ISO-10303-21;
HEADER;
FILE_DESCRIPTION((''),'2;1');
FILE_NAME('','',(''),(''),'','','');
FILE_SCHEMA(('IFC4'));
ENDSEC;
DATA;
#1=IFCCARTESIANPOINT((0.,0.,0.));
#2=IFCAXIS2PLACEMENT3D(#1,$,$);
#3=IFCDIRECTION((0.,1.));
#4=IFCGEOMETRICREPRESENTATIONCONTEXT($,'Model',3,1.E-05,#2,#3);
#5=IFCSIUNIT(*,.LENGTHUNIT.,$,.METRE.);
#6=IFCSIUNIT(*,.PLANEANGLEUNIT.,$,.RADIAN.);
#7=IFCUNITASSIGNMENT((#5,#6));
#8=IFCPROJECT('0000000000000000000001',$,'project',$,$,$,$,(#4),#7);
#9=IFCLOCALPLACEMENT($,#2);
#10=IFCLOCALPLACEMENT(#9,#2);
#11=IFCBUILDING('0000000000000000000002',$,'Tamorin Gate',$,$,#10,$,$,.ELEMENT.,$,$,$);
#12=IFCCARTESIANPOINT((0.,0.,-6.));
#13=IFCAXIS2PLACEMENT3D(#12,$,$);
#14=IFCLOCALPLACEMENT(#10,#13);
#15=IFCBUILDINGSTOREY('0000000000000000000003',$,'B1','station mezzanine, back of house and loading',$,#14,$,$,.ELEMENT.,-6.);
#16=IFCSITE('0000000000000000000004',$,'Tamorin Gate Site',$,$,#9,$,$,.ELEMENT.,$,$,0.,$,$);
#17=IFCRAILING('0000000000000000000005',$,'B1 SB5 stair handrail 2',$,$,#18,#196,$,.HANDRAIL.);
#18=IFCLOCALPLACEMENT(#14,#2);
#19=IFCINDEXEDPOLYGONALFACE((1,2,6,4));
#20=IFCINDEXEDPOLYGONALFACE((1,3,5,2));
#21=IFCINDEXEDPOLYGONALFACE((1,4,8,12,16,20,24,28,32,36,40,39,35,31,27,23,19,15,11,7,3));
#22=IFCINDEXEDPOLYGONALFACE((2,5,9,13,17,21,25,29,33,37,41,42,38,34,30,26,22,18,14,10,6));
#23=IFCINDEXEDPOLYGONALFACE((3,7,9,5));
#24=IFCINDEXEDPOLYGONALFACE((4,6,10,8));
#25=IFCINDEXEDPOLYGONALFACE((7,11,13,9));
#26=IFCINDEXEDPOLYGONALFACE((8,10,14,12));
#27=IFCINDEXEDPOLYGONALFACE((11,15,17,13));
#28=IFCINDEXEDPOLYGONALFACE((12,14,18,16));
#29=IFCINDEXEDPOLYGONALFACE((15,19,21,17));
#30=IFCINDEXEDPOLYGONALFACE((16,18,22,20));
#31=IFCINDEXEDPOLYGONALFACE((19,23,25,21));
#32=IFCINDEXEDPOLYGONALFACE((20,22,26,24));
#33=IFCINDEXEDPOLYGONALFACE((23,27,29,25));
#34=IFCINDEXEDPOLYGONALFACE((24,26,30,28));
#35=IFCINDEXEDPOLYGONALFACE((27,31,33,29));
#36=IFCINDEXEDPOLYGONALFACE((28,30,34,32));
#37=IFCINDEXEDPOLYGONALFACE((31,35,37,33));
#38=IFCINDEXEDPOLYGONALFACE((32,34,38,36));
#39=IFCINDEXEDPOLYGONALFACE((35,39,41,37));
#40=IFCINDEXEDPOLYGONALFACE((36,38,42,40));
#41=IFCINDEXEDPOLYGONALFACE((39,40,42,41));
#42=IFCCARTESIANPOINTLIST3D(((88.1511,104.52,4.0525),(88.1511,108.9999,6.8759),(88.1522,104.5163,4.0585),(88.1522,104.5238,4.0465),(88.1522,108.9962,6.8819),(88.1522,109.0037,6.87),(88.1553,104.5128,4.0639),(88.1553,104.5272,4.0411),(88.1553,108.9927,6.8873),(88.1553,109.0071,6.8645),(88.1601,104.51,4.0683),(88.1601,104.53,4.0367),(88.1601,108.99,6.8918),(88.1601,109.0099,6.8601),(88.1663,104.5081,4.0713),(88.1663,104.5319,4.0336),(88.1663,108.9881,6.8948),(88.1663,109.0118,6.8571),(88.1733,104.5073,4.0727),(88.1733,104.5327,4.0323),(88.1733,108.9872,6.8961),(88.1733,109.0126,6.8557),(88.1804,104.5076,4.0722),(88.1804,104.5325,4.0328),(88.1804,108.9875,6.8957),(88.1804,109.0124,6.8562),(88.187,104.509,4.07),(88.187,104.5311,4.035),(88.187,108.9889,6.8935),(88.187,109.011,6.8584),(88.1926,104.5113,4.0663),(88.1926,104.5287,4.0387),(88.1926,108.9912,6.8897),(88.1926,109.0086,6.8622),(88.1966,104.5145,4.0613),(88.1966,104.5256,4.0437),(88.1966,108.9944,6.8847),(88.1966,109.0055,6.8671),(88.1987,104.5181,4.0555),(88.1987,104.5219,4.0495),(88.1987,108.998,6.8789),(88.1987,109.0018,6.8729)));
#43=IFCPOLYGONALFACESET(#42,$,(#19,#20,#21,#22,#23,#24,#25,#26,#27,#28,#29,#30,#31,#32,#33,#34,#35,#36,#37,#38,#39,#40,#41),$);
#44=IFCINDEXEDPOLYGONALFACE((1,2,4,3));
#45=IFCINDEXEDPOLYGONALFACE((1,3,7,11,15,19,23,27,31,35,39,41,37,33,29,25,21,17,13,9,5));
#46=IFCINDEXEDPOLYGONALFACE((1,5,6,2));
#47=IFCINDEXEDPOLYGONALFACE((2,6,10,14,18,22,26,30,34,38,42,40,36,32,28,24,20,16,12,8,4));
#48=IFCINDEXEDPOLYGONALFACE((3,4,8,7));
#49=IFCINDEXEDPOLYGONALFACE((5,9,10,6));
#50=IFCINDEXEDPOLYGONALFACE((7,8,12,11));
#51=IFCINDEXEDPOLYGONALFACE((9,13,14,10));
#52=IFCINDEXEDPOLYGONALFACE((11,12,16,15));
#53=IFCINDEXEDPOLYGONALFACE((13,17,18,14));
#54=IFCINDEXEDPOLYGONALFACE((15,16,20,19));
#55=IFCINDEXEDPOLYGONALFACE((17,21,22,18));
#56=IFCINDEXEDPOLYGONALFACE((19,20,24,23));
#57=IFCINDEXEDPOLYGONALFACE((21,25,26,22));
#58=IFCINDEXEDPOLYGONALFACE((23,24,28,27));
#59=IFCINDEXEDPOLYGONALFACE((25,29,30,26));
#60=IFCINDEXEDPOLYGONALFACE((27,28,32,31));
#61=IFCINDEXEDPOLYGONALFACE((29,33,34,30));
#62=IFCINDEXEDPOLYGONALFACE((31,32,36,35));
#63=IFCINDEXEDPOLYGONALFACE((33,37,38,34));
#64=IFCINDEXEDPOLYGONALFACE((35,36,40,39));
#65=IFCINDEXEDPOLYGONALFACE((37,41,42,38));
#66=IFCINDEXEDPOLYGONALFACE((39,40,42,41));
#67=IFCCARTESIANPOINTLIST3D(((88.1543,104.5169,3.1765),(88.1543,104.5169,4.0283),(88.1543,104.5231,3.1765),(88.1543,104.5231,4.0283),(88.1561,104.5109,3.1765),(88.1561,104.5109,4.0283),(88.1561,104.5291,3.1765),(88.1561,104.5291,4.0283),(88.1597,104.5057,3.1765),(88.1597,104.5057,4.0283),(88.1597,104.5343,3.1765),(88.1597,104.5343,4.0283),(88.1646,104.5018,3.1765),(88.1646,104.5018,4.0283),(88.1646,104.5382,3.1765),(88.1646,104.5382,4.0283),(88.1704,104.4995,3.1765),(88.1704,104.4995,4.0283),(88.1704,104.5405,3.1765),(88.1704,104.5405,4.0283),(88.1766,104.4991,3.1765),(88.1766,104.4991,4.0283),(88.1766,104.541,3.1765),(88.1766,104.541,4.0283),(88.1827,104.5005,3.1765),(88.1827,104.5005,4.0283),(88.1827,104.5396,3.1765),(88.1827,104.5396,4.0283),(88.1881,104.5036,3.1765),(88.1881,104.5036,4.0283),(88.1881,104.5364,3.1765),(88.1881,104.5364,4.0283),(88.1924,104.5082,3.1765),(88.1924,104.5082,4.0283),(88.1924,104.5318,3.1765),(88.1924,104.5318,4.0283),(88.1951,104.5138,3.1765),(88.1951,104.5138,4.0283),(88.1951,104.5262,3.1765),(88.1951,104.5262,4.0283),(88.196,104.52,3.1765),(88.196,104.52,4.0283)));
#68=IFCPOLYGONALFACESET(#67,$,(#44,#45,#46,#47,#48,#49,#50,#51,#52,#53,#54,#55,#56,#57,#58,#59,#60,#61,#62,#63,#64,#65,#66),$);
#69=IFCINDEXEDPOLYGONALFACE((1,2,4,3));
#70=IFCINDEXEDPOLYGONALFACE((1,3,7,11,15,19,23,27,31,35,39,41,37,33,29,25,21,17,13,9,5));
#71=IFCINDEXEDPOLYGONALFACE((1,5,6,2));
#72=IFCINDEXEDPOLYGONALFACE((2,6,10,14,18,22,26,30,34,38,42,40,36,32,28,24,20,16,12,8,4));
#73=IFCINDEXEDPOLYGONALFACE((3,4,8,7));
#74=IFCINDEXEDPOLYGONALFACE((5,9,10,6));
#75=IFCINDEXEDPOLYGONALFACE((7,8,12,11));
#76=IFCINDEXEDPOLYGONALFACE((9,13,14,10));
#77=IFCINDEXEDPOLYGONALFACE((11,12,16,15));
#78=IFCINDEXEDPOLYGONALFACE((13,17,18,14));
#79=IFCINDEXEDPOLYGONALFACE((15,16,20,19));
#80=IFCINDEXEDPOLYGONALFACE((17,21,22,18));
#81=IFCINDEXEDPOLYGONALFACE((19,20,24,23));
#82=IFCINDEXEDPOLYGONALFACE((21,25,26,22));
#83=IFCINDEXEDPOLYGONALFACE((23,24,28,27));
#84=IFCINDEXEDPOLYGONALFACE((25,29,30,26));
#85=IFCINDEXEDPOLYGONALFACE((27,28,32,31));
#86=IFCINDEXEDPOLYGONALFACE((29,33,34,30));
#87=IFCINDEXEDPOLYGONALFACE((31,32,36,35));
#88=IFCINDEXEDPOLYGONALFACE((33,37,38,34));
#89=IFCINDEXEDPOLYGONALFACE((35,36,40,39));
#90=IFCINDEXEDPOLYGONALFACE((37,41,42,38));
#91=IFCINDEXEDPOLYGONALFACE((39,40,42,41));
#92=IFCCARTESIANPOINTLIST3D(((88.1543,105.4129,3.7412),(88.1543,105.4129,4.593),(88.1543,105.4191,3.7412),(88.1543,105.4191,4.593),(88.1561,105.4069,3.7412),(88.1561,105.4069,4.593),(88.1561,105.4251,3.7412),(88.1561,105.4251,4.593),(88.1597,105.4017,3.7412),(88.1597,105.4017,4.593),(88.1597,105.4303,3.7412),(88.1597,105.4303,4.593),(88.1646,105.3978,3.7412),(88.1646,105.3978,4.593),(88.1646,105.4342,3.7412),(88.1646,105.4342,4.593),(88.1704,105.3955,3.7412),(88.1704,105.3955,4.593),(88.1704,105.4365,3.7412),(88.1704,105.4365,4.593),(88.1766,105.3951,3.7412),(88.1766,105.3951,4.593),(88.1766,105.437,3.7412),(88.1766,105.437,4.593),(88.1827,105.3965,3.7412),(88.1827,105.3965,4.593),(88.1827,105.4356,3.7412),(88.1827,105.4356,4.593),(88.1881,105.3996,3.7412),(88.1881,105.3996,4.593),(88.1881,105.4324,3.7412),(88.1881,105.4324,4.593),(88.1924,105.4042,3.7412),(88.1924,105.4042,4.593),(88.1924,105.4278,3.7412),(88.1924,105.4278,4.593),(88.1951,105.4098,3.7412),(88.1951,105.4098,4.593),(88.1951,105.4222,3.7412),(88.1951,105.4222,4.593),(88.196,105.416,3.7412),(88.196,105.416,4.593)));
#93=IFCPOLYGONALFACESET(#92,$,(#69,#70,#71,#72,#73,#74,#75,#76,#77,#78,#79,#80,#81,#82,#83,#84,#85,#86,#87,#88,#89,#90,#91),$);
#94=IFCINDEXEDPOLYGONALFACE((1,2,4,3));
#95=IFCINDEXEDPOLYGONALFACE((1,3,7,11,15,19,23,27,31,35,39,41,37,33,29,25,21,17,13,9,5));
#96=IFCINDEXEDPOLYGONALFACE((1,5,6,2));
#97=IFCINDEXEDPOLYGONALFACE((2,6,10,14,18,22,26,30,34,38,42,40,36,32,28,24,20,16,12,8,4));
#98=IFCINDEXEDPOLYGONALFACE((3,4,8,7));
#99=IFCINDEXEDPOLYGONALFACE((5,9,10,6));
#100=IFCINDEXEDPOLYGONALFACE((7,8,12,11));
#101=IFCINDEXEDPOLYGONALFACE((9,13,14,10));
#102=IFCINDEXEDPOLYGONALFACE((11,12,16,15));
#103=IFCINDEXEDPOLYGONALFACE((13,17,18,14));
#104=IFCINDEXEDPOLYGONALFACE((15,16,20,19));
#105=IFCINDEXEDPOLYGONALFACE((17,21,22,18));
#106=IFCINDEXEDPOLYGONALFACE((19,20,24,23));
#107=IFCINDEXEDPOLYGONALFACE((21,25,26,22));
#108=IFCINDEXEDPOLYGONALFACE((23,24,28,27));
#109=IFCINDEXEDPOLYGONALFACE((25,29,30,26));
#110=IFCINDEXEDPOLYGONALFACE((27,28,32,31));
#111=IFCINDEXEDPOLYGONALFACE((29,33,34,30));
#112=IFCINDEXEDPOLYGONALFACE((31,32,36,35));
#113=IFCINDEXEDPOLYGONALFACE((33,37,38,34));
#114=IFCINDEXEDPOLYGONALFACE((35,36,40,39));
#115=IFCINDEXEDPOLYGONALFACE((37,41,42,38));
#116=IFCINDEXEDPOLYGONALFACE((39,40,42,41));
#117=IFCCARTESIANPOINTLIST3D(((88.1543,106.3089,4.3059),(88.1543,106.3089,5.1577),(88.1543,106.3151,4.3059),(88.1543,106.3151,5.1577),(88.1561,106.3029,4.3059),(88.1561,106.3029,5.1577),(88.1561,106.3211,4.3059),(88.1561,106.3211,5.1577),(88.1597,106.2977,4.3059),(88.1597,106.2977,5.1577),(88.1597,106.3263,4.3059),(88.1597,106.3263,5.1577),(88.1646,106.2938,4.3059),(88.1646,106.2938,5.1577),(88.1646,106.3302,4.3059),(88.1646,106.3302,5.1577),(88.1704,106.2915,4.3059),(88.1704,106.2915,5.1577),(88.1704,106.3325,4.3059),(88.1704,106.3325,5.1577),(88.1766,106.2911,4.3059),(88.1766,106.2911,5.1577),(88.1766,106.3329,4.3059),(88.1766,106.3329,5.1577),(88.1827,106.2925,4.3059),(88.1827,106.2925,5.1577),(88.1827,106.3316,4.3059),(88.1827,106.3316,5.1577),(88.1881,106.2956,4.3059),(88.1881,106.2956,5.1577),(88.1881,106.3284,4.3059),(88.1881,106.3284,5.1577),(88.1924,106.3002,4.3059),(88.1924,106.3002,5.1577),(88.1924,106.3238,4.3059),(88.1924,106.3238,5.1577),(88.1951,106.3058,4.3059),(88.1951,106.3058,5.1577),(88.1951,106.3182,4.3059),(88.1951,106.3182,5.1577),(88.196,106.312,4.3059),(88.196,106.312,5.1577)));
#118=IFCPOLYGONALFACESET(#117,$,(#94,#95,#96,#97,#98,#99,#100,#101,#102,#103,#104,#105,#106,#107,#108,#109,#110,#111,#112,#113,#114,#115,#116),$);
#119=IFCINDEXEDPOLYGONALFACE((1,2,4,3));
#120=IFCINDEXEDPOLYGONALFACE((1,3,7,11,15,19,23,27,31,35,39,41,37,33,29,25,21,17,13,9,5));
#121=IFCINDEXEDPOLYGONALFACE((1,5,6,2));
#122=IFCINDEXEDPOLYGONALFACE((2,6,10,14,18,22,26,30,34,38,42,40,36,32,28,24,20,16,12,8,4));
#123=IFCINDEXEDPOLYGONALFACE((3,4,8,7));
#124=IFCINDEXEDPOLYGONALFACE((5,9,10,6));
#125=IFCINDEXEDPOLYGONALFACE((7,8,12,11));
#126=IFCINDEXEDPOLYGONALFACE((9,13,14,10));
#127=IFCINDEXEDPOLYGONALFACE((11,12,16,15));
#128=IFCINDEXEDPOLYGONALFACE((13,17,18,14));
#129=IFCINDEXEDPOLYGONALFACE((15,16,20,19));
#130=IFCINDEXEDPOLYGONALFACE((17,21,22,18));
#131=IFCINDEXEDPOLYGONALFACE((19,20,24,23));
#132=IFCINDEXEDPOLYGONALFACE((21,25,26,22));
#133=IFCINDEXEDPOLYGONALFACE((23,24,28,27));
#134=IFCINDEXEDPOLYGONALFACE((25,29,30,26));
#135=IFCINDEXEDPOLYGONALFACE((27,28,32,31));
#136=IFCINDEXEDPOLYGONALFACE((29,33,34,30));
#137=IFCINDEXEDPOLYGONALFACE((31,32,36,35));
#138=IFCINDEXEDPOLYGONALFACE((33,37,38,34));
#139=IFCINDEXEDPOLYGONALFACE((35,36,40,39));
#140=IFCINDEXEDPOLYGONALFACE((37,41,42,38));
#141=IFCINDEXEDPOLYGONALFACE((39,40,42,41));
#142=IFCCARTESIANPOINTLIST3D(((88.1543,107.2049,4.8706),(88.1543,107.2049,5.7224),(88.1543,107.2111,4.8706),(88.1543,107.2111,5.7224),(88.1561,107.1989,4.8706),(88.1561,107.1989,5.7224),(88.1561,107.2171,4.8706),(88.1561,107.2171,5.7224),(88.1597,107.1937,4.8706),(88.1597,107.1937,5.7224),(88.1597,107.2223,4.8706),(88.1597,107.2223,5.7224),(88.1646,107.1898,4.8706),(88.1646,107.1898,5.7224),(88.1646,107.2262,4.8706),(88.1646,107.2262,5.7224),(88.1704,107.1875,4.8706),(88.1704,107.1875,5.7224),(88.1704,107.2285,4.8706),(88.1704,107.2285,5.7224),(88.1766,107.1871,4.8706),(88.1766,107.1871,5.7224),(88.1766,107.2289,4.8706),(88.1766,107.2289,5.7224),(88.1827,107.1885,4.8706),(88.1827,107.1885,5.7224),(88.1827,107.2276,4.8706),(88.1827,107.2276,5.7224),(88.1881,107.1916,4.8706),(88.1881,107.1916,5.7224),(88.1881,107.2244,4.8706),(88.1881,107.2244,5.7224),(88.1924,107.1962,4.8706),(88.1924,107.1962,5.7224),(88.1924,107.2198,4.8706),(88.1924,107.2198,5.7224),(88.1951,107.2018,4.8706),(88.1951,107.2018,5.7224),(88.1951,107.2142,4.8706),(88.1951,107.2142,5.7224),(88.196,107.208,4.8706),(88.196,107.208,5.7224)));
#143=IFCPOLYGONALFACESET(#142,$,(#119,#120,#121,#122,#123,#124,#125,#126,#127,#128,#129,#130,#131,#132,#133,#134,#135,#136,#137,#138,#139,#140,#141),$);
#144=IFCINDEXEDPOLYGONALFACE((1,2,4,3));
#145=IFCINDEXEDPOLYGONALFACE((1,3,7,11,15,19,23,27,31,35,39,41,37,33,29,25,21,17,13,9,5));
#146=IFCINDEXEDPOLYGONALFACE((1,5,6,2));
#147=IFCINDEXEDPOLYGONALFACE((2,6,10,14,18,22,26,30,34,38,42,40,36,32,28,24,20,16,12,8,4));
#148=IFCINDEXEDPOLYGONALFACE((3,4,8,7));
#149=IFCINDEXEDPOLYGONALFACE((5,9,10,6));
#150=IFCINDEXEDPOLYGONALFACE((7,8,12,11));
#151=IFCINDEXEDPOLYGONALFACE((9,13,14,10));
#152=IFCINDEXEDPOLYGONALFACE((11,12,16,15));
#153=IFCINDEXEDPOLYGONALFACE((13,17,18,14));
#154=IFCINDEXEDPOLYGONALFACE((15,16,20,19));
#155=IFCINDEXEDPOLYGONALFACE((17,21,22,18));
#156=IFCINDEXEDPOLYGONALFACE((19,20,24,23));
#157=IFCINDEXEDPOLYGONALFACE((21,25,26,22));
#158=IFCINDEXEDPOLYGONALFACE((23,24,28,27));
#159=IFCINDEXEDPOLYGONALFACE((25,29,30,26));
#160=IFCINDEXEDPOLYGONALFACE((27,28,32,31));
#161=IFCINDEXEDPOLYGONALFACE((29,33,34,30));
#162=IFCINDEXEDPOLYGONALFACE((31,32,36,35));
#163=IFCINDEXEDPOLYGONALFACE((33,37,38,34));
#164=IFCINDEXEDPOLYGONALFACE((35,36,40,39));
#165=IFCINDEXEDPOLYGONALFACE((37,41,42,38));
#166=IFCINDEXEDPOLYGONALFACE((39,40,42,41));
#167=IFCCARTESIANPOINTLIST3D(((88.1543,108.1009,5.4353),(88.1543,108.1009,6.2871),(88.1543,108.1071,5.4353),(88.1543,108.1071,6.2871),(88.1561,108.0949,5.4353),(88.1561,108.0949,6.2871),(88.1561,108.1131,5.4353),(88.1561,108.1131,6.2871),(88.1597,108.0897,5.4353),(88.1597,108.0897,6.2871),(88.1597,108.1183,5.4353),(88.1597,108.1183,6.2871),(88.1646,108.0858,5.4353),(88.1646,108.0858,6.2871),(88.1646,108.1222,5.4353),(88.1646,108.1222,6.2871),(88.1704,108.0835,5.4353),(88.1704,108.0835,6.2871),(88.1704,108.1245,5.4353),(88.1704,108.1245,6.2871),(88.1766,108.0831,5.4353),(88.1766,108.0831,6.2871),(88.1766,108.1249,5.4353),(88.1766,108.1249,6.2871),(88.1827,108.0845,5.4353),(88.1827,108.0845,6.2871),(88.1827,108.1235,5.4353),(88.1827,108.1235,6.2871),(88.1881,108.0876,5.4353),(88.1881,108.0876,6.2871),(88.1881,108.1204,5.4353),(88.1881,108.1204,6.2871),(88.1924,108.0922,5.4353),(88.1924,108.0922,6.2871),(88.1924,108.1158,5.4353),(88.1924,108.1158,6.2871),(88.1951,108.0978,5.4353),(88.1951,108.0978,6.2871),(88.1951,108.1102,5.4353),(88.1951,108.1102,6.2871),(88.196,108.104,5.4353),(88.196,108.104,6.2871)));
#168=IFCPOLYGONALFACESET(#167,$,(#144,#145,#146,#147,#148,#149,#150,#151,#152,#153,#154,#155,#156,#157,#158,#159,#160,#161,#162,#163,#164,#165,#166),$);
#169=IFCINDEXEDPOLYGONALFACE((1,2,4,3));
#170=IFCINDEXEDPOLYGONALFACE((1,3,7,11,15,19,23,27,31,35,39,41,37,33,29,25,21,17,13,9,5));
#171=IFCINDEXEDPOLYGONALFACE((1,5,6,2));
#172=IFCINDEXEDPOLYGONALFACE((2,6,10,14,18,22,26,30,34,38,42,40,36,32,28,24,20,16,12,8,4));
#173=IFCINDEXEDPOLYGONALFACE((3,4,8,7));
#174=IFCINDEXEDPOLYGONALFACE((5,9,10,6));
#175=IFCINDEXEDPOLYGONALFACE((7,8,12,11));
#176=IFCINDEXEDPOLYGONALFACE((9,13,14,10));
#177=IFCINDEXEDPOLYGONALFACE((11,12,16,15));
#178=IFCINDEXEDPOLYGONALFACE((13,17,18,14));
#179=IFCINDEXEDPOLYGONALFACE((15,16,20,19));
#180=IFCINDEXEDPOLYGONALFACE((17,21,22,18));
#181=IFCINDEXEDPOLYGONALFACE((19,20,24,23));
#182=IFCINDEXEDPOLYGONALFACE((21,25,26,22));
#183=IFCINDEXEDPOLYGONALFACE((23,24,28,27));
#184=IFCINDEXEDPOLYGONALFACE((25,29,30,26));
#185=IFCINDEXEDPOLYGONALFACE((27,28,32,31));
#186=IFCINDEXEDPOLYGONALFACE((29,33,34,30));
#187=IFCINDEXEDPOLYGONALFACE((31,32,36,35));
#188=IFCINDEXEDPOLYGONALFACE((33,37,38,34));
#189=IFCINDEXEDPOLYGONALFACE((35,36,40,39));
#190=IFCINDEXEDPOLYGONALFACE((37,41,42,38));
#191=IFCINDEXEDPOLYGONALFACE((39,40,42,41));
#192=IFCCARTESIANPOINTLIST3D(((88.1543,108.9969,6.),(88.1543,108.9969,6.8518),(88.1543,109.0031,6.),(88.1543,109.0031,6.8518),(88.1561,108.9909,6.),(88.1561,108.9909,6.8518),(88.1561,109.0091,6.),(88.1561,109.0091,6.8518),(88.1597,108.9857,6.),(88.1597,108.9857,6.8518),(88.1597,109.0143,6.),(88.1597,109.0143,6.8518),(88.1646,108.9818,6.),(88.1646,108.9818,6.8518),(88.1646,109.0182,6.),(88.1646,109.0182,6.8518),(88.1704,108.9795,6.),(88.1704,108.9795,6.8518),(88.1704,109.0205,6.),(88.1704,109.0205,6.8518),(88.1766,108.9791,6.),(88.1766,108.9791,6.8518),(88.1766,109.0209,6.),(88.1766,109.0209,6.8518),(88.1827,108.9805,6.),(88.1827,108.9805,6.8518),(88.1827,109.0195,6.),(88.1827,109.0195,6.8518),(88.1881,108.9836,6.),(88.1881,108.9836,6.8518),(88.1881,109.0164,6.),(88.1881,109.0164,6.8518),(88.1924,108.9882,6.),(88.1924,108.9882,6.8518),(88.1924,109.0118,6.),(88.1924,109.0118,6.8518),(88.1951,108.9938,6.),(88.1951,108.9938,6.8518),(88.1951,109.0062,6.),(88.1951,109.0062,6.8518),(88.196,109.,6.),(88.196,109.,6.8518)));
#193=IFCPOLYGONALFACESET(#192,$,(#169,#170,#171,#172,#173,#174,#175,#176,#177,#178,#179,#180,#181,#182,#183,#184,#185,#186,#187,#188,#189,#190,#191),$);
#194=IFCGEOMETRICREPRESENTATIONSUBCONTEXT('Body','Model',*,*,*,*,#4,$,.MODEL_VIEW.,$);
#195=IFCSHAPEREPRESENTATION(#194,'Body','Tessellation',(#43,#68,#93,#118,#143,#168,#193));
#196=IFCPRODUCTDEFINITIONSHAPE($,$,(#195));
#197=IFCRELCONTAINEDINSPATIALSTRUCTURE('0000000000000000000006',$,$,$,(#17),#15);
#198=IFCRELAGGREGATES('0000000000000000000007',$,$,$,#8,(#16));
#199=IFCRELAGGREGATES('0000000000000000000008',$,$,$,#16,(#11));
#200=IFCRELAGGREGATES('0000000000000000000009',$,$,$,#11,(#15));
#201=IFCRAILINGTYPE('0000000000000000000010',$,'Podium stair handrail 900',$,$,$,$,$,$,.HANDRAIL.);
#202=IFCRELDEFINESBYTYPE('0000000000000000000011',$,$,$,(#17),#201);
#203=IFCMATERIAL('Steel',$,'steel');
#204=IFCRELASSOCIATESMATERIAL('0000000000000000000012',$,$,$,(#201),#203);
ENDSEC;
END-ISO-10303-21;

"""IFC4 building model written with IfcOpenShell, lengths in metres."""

from ifc_helpers import new_model, si_unit, direction, frame, origin, origin_2d, place, context, subcontext, project, spatial, circle, extrude, material, type_object, element, save


model = new_model("IFC4")

# Units and contexts
model_context = context("Model", 3, precision=1e-05, world=origin(), true_north=direction((0.0, 1.0)))
body_context = subcontext(model_context, "Body", "Model", "MODEL_VIEW")
ifc_project = project(units=[si_unit("LENGTHUNIT", "METRE"), si_unit("PLANEANGLEUNIT", "RADIAN")], contexts=[model_context])

# Site, building, storey
site_placement = place(None, origin())
site = spatial("IfcSite", under=ifc_project, at=site_placement, Name="Tamorin Gate Site", CompositionType="ELEMENT", RefElevation=0.0)
building_placement = place(site_placement, origin())
building = spatial("IfcBuilding", under=site, at=building_placement, Name="Tamorin Gate", CompositionType="ELEMENT")
storey_placement = place(building_placement, frame((0.0, 0.0, -6.0)))
storey = spatial("IfcBuildingStorey", under=building, at=storey_placement, Name="B1", Description="station mezzanine, back of house and loading", CompositionType="ELEMENT", Elevation=-6.0)

# Railing
ifc_material_1 = material(Name="Steel", Category="steel")
railing_type_1 = type_object("IfcRailingType", Name="Podium stair handrail 900", PredefinedType="HANDRAIL", material=ifc_material_1)
railing_1_placement = place(storey_placement, frame((88.175, 104.52, 3.1765)))
element("IfcRailing", 1, at=railing_1_placement, inside=storey, type_object=railing_type_1, Name="B1 SB5 stair handrail 2", PredefinedType="HANDRAIL", context=body_context, shape_type="SweptSolid", body=[
    extrude(circle(Radius=0.0239, at=origin_2d()), frame((0.0, 0.0, 0.876), z_axis=(0.0, 0.845998, 0.533186), x_axis=(-1.0, 0.0, 0.0)), (0.0, 0.0, 1.0), 5.2954),
    extrude(circle(Radius=0.021, at=origin_2d()), origin(), (0.0, 0.0, 1.0), 0.8518),
    extrude(circle(Radius=0.021, at=origin_2d()), frame((0.0, 0.896, 0.5647)), (0.0, 0.0, 1.0), 0.8518),
    extrude(circle(Radius=0.021, at=origin_2d()), frame((0.0, 1.792, 1.1294)), (0.0, 0.0, 1.0), 0.8518),
    extrude(circle(Radius=0.021, at=origin_2d()), frame((0.0, 2.688, 1.6941)), (0.0, 0.0, 1.0), 0.8518),
    extrude(circle(Radius=0.021, at=origin_2d()), frame((0.0, 3.584, 2.2588)), (0.0, 0.0, 1.0), 0.8518),
    extrude(circle(Radius=0.021, at=origin_2d()), frame((0.0, 4.48, 2.8235)), (0.0, 0.0, 1.0), 0.8518),
])

save(model, "model.ifc")
